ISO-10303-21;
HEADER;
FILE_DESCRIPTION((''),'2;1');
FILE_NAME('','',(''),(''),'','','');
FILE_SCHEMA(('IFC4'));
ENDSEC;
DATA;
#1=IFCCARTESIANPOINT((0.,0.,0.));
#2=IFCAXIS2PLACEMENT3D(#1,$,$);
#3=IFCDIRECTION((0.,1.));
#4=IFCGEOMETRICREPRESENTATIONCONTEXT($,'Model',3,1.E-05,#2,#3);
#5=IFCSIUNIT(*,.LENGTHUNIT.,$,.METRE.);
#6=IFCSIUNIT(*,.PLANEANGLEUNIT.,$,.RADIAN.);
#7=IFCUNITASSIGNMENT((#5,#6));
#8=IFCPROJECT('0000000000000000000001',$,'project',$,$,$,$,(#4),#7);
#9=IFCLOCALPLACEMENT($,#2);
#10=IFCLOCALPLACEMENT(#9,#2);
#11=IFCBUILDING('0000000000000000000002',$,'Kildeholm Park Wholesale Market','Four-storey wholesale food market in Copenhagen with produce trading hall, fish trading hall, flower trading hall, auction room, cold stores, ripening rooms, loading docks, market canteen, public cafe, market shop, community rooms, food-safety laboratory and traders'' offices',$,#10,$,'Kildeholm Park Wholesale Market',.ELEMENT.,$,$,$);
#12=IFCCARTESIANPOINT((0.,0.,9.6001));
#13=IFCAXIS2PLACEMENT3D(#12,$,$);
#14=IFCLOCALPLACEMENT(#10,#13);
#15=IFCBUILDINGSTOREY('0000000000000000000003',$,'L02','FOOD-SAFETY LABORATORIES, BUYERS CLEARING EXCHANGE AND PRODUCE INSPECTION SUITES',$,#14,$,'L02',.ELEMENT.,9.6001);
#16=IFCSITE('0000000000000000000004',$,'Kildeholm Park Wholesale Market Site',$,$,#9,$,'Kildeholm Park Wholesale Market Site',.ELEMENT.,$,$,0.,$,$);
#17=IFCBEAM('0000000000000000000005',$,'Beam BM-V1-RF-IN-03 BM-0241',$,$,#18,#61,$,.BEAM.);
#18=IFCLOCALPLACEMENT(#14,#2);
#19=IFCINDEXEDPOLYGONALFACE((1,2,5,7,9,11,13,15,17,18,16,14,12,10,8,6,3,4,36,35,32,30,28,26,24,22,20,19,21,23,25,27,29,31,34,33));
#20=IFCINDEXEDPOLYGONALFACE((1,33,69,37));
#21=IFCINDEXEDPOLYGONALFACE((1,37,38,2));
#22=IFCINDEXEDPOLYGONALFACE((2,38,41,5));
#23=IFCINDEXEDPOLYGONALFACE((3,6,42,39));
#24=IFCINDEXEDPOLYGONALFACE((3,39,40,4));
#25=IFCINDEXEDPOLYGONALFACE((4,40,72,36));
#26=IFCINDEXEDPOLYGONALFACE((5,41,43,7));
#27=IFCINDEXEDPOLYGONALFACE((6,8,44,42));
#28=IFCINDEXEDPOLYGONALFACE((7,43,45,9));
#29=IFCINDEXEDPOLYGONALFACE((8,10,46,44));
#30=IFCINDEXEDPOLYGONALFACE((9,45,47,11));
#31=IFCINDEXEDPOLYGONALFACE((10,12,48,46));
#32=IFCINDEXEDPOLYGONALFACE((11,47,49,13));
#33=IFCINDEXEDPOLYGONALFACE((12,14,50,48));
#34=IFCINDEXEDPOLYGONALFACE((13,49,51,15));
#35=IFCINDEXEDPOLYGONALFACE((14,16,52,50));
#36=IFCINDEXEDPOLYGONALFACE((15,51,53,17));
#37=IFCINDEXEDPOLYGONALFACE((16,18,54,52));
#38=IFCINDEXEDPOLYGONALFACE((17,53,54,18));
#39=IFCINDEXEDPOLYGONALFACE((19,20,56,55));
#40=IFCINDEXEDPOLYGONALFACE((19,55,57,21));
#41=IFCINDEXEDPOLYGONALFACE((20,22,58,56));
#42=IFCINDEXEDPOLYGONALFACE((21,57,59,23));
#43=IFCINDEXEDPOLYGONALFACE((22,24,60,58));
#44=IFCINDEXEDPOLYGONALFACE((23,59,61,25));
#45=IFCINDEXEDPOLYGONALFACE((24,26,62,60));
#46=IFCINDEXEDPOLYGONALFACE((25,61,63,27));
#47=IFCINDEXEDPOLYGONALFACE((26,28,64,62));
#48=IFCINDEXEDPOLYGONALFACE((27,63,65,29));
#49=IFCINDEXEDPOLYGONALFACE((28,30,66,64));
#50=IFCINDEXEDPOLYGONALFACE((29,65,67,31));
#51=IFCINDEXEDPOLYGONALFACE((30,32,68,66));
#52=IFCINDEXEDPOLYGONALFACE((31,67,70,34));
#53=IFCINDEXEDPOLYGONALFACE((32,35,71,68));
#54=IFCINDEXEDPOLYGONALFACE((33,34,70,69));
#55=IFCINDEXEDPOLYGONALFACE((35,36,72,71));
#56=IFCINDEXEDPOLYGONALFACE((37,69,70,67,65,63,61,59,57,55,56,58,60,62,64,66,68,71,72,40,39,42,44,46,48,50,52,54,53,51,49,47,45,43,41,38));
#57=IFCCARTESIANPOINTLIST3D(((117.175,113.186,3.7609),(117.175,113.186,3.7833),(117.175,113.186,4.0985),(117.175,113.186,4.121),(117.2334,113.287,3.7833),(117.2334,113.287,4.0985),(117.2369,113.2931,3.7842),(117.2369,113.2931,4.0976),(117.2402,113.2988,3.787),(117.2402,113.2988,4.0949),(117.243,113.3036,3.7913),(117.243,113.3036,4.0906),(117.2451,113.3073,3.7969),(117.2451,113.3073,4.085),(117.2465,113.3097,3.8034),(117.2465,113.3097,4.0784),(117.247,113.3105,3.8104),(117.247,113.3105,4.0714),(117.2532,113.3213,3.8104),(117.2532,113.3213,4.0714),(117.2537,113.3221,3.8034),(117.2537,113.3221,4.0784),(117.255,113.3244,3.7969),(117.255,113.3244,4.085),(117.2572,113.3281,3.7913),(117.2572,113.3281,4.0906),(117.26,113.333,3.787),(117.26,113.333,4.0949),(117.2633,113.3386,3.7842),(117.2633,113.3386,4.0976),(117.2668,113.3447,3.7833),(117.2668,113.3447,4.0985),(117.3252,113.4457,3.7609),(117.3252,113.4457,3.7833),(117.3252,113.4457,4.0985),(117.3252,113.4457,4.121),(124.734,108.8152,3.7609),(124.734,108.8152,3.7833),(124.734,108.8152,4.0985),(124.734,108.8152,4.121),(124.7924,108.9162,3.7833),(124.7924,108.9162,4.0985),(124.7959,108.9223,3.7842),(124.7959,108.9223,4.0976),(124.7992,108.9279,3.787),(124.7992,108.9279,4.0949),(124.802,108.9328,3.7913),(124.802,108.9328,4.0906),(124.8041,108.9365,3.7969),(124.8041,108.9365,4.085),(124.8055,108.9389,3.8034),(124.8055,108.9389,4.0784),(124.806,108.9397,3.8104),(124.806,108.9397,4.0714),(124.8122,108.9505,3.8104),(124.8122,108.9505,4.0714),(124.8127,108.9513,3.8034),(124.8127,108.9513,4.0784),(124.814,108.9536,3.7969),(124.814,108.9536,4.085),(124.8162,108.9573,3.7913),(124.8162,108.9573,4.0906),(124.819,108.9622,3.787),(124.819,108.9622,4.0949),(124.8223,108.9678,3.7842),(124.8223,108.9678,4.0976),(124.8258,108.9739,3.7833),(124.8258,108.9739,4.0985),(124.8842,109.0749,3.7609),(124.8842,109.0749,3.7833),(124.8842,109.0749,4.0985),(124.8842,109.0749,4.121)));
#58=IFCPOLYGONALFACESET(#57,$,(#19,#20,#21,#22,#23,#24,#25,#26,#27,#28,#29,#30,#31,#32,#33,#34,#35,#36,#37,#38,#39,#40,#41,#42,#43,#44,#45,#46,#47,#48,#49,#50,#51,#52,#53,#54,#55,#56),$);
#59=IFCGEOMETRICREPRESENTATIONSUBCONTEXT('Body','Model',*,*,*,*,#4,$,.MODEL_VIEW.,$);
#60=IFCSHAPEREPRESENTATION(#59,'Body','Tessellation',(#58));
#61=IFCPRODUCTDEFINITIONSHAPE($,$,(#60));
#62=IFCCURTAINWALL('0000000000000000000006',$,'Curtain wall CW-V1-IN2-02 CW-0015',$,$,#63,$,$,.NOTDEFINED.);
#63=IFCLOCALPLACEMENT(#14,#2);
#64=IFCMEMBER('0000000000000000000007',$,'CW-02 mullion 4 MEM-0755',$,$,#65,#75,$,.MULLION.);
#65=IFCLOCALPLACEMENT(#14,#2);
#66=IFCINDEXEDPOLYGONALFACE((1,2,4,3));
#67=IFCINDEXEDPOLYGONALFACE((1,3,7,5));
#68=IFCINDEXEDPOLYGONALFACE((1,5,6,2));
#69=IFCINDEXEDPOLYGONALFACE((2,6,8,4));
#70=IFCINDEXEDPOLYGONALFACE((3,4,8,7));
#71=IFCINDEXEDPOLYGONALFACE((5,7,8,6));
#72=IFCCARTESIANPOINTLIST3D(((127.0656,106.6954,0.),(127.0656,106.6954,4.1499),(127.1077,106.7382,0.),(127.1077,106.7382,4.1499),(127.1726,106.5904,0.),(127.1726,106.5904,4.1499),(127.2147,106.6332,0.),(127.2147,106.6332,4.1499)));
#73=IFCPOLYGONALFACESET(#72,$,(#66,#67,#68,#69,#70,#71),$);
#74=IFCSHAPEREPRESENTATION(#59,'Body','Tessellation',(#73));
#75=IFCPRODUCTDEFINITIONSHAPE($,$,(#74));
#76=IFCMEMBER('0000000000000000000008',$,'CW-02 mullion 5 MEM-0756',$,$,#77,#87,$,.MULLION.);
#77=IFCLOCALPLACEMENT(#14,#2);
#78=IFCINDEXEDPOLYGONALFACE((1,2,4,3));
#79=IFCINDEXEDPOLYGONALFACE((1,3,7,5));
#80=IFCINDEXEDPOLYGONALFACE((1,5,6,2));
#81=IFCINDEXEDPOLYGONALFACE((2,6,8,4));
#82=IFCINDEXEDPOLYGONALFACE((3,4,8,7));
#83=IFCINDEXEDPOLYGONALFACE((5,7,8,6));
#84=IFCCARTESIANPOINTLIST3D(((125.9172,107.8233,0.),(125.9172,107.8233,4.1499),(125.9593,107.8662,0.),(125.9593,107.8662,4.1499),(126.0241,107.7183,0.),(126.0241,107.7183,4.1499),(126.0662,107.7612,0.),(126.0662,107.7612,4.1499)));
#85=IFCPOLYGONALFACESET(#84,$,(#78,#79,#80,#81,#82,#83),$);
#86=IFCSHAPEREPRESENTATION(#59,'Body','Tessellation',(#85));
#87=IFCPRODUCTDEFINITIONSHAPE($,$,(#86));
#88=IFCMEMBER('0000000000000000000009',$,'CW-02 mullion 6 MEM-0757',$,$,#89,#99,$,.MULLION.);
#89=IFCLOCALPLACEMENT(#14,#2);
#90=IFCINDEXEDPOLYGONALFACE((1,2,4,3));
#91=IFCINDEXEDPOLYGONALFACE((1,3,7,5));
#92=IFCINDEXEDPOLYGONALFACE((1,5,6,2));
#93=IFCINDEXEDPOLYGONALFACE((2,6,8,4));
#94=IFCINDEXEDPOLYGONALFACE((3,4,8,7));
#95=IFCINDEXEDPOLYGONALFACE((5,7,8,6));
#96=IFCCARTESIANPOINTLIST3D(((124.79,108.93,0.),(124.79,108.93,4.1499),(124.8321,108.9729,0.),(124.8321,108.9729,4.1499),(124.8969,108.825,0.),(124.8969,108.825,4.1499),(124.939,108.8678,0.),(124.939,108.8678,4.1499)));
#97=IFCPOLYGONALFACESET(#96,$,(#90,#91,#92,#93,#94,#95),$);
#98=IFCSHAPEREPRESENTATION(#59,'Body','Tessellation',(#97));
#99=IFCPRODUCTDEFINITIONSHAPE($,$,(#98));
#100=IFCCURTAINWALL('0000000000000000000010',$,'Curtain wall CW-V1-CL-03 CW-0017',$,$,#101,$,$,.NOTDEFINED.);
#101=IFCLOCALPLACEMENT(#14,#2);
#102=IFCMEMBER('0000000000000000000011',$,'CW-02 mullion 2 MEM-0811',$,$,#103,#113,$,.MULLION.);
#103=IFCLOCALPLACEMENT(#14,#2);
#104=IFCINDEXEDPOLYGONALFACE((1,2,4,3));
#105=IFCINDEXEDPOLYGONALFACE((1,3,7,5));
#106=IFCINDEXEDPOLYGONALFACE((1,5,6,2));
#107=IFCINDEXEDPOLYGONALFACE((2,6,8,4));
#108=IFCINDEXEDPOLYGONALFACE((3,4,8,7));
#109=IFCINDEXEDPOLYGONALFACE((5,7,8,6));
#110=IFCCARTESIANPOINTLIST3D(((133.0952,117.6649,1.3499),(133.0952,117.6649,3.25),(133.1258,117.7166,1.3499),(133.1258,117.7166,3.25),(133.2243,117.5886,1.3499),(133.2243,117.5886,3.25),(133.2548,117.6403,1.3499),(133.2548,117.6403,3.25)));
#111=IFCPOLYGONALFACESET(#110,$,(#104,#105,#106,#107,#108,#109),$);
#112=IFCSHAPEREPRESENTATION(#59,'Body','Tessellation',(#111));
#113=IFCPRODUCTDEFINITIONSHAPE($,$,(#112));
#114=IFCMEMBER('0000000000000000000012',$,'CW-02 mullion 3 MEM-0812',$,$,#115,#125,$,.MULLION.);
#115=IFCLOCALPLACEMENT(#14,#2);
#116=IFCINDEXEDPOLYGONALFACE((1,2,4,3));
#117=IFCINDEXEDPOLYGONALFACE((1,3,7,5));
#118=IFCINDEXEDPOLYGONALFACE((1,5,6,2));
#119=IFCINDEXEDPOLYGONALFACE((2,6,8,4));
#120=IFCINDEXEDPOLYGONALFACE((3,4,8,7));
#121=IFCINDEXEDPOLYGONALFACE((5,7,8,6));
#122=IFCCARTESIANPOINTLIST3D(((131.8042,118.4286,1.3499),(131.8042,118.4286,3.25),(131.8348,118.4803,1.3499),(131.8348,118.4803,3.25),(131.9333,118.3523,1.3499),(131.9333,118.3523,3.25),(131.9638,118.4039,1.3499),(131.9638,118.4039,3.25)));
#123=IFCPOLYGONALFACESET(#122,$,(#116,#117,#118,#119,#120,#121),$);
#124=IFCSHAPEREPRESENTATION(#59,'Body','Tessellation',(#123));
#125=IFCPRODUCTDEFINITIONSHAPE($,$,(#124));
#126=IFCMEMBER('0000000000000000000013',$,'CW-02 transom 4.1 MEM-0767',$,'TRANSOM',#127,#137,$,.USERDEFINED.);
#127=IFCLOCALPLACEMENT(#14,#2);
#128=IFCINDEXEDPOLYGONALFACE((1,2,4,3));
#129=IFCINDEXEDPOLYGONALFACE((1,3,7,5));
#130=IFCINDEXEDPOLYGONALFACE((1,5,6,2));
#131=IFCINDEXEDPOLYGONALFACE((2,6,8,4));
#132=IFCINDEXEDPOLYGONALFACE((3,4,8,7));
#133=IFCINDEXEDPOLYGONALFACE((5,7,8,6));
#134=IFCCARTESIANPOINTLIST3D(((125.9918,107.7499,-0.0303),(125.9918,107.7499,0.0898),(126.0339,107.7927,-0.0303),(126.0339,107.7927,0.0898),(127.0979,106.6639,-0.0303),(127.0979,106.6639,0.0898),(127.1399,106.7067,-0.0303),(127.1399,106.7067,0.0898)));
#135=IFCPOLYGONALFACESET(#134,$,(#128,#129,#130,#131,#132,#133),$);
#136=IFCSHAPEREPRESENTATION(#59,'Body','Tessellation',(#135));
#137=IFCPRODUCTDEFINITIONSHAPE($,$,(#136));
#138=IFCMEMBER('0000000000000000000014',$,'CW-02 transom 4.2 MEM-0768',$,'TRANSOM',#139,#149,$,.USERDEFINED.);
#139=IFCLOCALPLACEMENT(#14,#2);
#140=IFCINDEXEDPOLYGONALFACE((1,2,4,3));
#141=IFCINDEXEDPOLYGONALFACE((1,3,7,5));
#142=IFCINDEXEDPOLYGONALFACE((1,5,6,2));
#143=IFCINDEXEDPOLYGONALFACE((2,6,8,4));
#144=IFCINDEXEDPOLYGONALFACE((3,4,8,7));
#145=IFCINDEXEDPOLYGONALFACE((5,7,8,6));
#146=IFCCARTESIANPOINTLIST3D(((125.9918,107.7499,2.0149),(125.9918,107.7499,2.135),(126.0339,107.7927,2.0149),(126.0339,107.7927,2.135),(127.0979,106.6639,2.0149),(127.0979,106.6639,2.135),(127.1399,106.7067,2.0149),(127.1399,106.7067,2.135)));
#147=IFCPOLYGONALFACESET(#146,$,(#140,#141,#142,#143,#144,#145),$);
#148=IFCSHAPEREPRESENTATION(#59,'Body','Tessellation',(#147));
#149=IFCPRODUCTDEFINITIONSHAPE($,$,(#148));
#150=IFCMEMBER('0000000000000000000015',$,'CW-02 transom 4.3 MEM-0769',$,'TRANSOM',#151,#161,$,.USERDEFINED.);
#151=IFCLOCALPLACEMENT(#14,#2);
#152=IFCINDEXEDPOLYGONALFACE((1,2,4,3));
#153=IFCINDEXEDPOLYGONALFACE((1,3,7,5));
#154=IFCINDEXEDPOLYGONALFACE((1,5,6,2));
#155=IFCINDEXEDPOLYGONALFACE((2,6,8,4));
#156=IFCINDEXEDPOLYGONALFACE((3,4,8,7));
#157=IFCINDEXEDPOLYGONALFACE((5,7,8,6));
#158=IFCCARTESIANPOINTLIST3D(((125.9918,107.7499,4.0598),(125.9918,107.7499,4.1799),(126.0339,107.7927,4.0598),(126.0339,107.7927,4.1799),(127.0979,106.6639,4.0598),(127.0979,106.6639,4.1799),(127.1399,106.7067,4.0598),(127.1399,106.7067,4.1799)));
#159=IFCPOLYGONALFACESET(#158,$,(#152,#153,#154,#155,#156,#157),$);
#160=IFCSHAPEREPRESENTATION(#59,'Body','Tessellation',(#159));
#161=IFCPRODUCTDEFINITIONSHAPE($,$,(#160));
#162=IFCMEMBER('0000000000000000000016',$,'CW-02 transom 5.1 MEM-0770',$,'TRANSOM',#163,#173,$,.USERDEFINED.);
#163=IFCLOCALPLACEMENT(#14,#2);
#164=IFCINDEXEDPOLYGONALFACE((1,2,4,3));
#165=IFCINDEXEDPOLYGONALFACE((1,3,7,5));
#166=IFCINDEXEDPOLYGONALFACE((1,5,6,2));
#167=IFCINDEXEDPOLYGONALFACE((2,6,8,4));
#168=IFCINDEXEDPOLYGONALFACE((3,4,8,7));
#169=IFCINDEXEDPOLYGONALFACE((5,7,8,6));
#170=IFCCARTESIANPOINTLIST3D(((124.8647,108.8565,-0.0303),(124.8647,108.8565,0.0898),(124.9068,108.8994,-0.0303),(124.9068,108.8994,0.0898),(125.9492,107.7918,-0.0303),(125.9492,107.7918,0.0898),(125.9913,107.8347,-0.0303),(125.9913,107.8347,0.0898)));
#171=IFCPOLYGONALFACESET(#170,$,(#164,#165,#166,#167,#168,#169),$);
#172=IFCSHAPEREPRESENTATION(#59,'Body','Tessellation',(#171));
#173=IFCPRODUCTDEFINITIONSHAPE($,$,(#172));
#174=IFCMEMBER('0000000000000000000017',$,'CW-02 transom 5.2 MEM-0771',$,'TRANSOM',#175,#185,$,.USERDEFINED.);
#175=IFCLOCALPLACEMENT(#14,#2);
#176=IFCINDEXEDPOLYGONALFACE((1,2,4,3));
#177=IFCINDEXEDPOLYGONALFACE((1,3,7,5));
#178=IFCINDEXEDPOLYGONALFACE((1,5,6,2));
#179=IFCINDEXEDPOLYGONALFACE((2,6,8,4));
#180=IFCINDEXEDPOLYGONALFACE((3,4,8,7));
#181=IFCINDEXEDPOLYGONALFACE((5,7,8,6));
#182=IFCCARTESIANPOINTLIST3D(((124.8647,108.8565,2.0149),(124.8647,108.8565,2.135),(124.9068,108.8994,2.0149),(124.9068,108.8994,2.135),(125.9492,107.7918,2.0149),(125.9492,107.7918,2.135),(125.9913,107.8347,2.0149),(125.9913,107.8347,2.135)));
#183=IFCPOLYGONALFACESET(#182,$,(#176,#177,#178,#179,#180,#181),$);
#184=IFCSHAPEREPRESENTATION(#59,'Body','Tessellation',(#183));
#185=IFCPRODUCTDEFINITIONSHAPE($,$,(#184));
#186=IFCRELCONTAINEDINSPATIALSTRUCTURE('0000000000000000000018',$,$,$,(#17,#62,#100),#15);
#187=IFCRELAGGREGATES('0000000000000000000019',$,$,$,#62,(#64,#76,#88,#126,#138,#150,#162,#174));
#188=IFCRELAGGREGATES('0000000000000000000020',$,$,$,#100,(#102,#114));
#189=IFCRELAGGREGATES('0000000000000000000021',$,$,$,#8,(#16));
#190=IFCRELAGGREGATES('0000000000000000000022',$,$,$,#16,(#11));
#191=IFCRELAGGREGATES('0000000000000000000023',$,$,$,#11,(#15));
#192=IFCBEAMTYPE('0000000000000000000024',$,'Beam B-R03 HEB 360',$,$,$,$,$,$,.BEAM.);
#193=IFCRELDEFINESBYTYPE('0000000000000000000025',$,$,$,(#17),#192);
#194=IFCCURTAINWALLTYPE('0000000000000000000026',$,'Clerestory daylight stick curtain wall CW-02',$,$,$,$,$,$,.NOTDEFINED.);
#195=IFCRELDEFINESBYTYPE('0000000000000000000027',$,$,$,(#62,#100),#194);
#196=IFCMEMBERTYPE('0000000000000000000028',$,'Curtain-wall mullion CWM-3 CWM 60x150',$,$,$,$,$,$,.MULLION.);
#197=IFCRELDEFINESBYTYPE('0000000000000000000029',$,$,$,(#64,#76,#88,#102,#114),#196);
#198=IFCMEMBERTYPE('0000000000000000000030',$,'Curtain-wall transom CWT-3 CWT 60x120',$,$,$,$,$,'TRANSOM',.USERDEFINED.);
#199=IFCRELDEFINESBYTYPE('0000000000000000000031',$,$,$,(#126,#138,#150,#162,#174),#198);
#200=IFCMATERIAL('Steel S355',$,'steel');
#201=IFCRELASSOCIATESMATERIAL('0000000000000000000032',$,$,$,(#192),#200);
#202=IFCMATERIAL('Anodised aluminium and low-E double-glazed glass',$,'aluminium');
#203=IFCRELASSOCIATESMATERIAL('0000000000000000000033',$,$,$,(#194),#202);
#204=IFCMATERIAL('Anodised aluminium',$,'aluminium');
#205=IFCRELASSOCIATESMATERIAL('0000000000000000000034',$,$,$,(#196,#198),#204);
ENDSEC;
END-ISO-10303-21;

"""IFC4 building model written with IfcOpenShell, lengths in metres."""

from ifc_helpers import new_model, si_unit, direction, frame, origin, origin_2d, place, context, subcontext, project, spatial, rectangle, i_section, extrude, material, material_profile, profile_set, type_object, element, aggregate, save


model = new_model("IFC4")

# Units and contexts
model_context = context("Model", 3, precision=1e-05, world=origin(), true_north=direction((0.0, 1.0)))
body_context = subcontext(model_context, "Body", "Model", "MODEL_VIEW")
ifc_project = project(units=[si_unit("LENGTHUNIT", "METRE"), si_unit("PLANEANGLEUNIT", "RADIAN")], contexts=[model_context])

# Site, building, storey
site_placement = place(None, origin())
site = spatial("IfcSite", under=ifc_project, at=site_placement, Name="Kildeholm Park Wholesale Market Site", LongName="Kildeholm Park Wholesale Market Site", CompositionType="ELEMENT", RefElevation=0.0)
building_placement = place(site_placement, origin())
building = spatial("IfcBuilding", under=site, at=building_placement, Name="Kildeholm Park Wholesale Market", Description="Four-storey wholesale food market in Copenhagen with produce trading hall, fish trading hall, flower trading hall, auction room, cold stores, ripening rooms, loading docks, market canteen, public cafe, market shop, community rooms, food-safety laboratory and traders' offices", LongName="Kildeholm Park Wholesale Market", CompositionType="ELEMENT")
storey_placement = place(building_placement, frame((0.0, 0.0, 9.6001)))
storey = spatial("IfcBuildingStorey", under=building, at=storey_placement, Name="L02", Description="FOOD-SAFETY LABORATORIES, BUYERS CLEARING EXCHANGE AND PRODUCE INSPECTION SUITES", LongName="L02", CompositionType="ELEMENT", Elevation=9.6001)

# Beam
ifc_material_1 = material(Name="Steel S355", Category="steel")
ifc_material_profile_1 = material_profile(ifc_material_1, i_section(OverallWidth=0.3, OverallDepth=0.3601, WebThickness=0.0125, FlangeThickness=0.0225, FilletRadius=0.0271, at=origin_2d()), Name="HEB 360")
ifc_profile_set_1 = profile_set([ifc_material_profile_1], Name="Steel S355")
beam_type = type_object("IfcBeamType", Name="Beam B-R03 HEB 360", PredefinedType="BEAM", material=ifc_profile_set_1)
beam_placement = place(storey_placement, frame((124.8091, 108.9451, 3.9409), z_axis=(-0.865697, 0.500568, 0.0), x_axis=(-0.500568, -0.865697, 0.0)))
element("IfcBeam", 1, at=beam_placement, inside=storey, type_object=beam_type, Name="Beam BM-V1-RF-IN-03 BM-0241", PredefinedType="BEAM", context=body_context, shape_type="SweptSolid", body=[
    extrude(i_section(OverallWidth=0.3, OverallDepth=0.3601, WebThickness=0.0125, FlangeThickness=0.0225, FilletRadius=0.0271, at=origin_2d()), origin(), (0.0, 0.0, 1.0), 8.7317),
])

# Curtain walls, members
ifc_material_2 = material(Name="Anodised aluminium and low-E double-glazed glass", Category="aluminium")
curtain_wall_type = type_object("IfcCurtainWallType", Name="Clerestory daylight stick curtain wall CW-02", PredefinedType="NOTDEFINED", material=ifc_material_2)
curtain_wall_1_placement = place(storey_placement, origin())
curtain_wall_1 = element("IfcCurtainWall", 2, at=curtain_wall_1_placement, inside=storey, type_object=curtain_wall_type, Name="Curtain wall CW-V1-IN2-02 CW-0015", PredefinedType="NOTDEFINED")
ifc_material_3 = material(Name="Anodised aluminium", Category="aluminium")
ifc_material_profile_2 = material_profile(ifc_material_3, rectangle(XDim=0.0601, YDim=0.1499, at=origin_2d()), Name="CWM 60x150")
ifc_profile_set_2 = profile_set([ifc_material_profile_2], Name="Anodised aluminium")
member_type_1 = type_object("IfcMemberType", Name="Curtain-wall mullion CWM-3 CWM 60x150", PredefinedType="MULLION", material=ifc_profile_set_2)
member_1_placement = place(storey_placement, frame((127.1401, 106.6643, 0.0), z_axis=(0.0, 0.0, 1.0), x_axis=(-0.700617, -0.713538, 0.0)))
member_1 = element("IfcMember", 3, at=member_1_placement, type_object=member_type_1, Name="CW-02 mullion 4 MEM-0755", PredefinedType="MULLION", context=body_context, shape_type="SweptSolid", body=[
    extrude(rectangle(XDim=0.0601, YDim=0.1499, at=origin_2d()), origin(), (0.0, 0.0, 1.0), 4.1499),
])
member_2_placement = place(storey_placement, frame((125.9917, 107.7922, 0.0), z_axis=(0.0, 0.0, 1.0), x_axis=(-0.700617, -0.713538, 0.0)))
member_2 = element("IfcMember", 4, at=member_2_placement, type_object=member_type_1, Name="CW-02 mullion 5 MEM-0756", PredefinedType="MULLION", context=body_context, shape_type="SweptSolid", body=[
    extrude(rectangle(XDim=0.0601, YDim=0.1499, at=origin_2d()), origin(), (0.0, 0.0, 1.0), 4.1499),
])
member_3_placement = place(storey_placement, frame((124.8645, 108.8989, 0.0), z_axis=(0.0, 0.0, 1.0), x_axis=(-0.700617, -0.713538, 0.0)))
member_3 = element("IfcMember", 5, at=member_3_placement, type_object=member_type_1, Name="CW-02 mullion 6 MEM-0757", PredefinedType="MULLION", context=body_context, shape_type="SweptSolid", body=[
    extrude(rectangle(XDim=0.0601, YDim=0.1499, at=origin_2d()), origin(), (0.0, 0.0, 1.0), 4.1499),
])
curtain_wall_2_placement = place(storey_placement, origin())
curtain_wall_2 = element("IfcCurtainWall", 6, at=curtain_wall_2_placement, inside=storey, type_object=curtain_wall_type, Name="Curtain wall CW-V1-CL-03 CW-0017", PredefinedType="NOTDEFINED")
member_4_placement = place(storey_placement, frame((133.175, 117.6526, 1.3499), z_axis=(0.0, 0.0, 1.0), x_axis=(-0.509105, -0.860704, 0.0)))
member_4 = element("IfcMember", 7, at=member_4_placement, type_object=member_type_1, Name="CW-02 mullion 2 MEM-0811", PredefinedType="MULLION", context=body_context, shape_type="SweptSolid", body=[
    extrude(rectangle(XDim=0.0601, YDim=0.1499, at=origin_2d()), origin(), (0.0, 0.0, 1.0), 1.9001),
])
member_5_placement = place(storey_placement, frame((131.884, 118.4163, 1.3499), z_axis=(0.0, 0.0, 1.0), x_axis=(-0.509105, -0.860704, 0.0)))
member_5 = element("IfcMember", 8, at=member_5_placement, type_object=member_type_1, Name="CW-02 mullion 3 MEM-0812", PredefinedType="MULLION", context=body_context, shape_type="SweptSolid", body=[
    extrude(rectangle(XDim=0.0601, YDim=0.1499, at=origin_2d()), origin(), (0.0, 0.0, 1.0), 1.9001),
])

# Members
ifc_material_profile_3 = material_profile(ifc_material_3, rectangle(XDim=0.0601, YDim=0.1201, at=origin_2d()), Name="CWT 60x120")
ifc_profile_set_3 = profile_set([ifc_material_profile_3], Name="Anodised aluminium")
member_type_2 = type_object("IfcMemberType", Name="Curtain-wall transom CWT-3 CWT 60x120", ElementType="TRANSOM", PredefinedType="USERDEFINED", material=ifc_profile_set_3)
member_6_placement = place(storey_placement, frame((127.1189, 106.6853, 0.0298), z_axis=(-0.713535, 0.700619, 0.0), x_axis=(-0.700619, -0.713535, 0.0)))
member_6 = element("IfcMember", 9, at=member_6_placement, type_object=member_type_2, Name="CW-02 transom 4.1 MEM-0767", ObjectType="TRANSOM", PredefinedType="USERDEFINED", context=body_context, shape_type="SweptSolid", body=[
    extrude(rectangle(XDim=0.0601, YDim=0.1201, at=origin_2d()), origin(), (0.0, 0.0, 1.0), 1.55),
])
member_7_placement = place(storey_placement, frame((127.1189, 106.6853, 2.075), z_axis=(-0.713535, 0.700619, 0.0), x_axis=(-0.700619, -0.713535, 0.0)))
member_7 = element("IfcMember", 10, at=member_7_placement, type_object=member_type_2, Name="CW-02 transom 4.2 MEM-0768", ObjectType="TRANSOM", PredefinedType="USERDEFINED", context=body_context, shape_type="SweptSolid", body=[
    extrude(rectangle(XDim=0.0601, YDim=0.1201, at=origin_2d()), origin(), (0.0, 0.0, 1.0), 1.55),
])
member_8_placement = place(storey_placement, frame((127.1189, 106.6853, 4.1199), z_axis=(-0.713535, 0.700619, 0.0), x_axis=(-0.700619, -0.713535, 0.0)))
member_8 = element("IfcMember", 11, at=member_8_placement, type_object=member_type_2, Name="CW-02 transom 4.3 MEM-0769", ObjectType="TRANSOM", PredefinedType="USERDEFINED", context=body_context, shape_type="SweptSolid", body=[
    extrude(rectangle(XDim=0.0601, YDim=0.1201, at=origin_2d()), origin(), (0.0, 0.0, 1.0), 1.55),
])
member_9_placement = place(storey_placement, frame((125.9702, 107.8132, 0.0298), z_axis=(-0.713583, 0.700571, 0.0), x_axis=(-0.700571, -0.713583, 0.0)))
member_9 = element("IfcMember", 12, at=member_9_placement, type_object=member_type_2, Name="CW-02 transom 5.1 MEM-0770", ObjectType="TRANSOM", PredefinedType="USERDEFINED", context=body_context, shape_type="SweptSolid", body=[
    extrude(rectangle(XDim=0.0601, YDim=0.1201, at=origin_2d()), origin(), (0.0, 0.0, 1.0), 1.5198),
])
member_10_placement = place(storey_placement, frame((125.9702, 107.8132, 2.075), z_axis=(-0.713583, 0.700571, 0.0), x_axis=(-0.700571, -0.713583, 0.0)))
member_10 = element("IfcMember", 13, at=member_10_placement, type_object=member_type_2, Name="CW-02 transom 5.2 MEM-0771", ObjectType="TRANSOM", PredefinedType="USERDEFINED", context=body_context, shape_type="SweptSolid", body=[
    extrude(rectangle(XDim=0.0601, YDim=0.1201, at=origin_2d()), origin(), (0.0, 0.0, 1.0), 1.5198),
])

aggregate(curtain_wall_1, [member_1, member_2, member_3, member_6, member_7, member_8, member_9, member_10])
aggregate(curtain_wall_2, [member_4, member_5])

save(model, "model.ifc")
